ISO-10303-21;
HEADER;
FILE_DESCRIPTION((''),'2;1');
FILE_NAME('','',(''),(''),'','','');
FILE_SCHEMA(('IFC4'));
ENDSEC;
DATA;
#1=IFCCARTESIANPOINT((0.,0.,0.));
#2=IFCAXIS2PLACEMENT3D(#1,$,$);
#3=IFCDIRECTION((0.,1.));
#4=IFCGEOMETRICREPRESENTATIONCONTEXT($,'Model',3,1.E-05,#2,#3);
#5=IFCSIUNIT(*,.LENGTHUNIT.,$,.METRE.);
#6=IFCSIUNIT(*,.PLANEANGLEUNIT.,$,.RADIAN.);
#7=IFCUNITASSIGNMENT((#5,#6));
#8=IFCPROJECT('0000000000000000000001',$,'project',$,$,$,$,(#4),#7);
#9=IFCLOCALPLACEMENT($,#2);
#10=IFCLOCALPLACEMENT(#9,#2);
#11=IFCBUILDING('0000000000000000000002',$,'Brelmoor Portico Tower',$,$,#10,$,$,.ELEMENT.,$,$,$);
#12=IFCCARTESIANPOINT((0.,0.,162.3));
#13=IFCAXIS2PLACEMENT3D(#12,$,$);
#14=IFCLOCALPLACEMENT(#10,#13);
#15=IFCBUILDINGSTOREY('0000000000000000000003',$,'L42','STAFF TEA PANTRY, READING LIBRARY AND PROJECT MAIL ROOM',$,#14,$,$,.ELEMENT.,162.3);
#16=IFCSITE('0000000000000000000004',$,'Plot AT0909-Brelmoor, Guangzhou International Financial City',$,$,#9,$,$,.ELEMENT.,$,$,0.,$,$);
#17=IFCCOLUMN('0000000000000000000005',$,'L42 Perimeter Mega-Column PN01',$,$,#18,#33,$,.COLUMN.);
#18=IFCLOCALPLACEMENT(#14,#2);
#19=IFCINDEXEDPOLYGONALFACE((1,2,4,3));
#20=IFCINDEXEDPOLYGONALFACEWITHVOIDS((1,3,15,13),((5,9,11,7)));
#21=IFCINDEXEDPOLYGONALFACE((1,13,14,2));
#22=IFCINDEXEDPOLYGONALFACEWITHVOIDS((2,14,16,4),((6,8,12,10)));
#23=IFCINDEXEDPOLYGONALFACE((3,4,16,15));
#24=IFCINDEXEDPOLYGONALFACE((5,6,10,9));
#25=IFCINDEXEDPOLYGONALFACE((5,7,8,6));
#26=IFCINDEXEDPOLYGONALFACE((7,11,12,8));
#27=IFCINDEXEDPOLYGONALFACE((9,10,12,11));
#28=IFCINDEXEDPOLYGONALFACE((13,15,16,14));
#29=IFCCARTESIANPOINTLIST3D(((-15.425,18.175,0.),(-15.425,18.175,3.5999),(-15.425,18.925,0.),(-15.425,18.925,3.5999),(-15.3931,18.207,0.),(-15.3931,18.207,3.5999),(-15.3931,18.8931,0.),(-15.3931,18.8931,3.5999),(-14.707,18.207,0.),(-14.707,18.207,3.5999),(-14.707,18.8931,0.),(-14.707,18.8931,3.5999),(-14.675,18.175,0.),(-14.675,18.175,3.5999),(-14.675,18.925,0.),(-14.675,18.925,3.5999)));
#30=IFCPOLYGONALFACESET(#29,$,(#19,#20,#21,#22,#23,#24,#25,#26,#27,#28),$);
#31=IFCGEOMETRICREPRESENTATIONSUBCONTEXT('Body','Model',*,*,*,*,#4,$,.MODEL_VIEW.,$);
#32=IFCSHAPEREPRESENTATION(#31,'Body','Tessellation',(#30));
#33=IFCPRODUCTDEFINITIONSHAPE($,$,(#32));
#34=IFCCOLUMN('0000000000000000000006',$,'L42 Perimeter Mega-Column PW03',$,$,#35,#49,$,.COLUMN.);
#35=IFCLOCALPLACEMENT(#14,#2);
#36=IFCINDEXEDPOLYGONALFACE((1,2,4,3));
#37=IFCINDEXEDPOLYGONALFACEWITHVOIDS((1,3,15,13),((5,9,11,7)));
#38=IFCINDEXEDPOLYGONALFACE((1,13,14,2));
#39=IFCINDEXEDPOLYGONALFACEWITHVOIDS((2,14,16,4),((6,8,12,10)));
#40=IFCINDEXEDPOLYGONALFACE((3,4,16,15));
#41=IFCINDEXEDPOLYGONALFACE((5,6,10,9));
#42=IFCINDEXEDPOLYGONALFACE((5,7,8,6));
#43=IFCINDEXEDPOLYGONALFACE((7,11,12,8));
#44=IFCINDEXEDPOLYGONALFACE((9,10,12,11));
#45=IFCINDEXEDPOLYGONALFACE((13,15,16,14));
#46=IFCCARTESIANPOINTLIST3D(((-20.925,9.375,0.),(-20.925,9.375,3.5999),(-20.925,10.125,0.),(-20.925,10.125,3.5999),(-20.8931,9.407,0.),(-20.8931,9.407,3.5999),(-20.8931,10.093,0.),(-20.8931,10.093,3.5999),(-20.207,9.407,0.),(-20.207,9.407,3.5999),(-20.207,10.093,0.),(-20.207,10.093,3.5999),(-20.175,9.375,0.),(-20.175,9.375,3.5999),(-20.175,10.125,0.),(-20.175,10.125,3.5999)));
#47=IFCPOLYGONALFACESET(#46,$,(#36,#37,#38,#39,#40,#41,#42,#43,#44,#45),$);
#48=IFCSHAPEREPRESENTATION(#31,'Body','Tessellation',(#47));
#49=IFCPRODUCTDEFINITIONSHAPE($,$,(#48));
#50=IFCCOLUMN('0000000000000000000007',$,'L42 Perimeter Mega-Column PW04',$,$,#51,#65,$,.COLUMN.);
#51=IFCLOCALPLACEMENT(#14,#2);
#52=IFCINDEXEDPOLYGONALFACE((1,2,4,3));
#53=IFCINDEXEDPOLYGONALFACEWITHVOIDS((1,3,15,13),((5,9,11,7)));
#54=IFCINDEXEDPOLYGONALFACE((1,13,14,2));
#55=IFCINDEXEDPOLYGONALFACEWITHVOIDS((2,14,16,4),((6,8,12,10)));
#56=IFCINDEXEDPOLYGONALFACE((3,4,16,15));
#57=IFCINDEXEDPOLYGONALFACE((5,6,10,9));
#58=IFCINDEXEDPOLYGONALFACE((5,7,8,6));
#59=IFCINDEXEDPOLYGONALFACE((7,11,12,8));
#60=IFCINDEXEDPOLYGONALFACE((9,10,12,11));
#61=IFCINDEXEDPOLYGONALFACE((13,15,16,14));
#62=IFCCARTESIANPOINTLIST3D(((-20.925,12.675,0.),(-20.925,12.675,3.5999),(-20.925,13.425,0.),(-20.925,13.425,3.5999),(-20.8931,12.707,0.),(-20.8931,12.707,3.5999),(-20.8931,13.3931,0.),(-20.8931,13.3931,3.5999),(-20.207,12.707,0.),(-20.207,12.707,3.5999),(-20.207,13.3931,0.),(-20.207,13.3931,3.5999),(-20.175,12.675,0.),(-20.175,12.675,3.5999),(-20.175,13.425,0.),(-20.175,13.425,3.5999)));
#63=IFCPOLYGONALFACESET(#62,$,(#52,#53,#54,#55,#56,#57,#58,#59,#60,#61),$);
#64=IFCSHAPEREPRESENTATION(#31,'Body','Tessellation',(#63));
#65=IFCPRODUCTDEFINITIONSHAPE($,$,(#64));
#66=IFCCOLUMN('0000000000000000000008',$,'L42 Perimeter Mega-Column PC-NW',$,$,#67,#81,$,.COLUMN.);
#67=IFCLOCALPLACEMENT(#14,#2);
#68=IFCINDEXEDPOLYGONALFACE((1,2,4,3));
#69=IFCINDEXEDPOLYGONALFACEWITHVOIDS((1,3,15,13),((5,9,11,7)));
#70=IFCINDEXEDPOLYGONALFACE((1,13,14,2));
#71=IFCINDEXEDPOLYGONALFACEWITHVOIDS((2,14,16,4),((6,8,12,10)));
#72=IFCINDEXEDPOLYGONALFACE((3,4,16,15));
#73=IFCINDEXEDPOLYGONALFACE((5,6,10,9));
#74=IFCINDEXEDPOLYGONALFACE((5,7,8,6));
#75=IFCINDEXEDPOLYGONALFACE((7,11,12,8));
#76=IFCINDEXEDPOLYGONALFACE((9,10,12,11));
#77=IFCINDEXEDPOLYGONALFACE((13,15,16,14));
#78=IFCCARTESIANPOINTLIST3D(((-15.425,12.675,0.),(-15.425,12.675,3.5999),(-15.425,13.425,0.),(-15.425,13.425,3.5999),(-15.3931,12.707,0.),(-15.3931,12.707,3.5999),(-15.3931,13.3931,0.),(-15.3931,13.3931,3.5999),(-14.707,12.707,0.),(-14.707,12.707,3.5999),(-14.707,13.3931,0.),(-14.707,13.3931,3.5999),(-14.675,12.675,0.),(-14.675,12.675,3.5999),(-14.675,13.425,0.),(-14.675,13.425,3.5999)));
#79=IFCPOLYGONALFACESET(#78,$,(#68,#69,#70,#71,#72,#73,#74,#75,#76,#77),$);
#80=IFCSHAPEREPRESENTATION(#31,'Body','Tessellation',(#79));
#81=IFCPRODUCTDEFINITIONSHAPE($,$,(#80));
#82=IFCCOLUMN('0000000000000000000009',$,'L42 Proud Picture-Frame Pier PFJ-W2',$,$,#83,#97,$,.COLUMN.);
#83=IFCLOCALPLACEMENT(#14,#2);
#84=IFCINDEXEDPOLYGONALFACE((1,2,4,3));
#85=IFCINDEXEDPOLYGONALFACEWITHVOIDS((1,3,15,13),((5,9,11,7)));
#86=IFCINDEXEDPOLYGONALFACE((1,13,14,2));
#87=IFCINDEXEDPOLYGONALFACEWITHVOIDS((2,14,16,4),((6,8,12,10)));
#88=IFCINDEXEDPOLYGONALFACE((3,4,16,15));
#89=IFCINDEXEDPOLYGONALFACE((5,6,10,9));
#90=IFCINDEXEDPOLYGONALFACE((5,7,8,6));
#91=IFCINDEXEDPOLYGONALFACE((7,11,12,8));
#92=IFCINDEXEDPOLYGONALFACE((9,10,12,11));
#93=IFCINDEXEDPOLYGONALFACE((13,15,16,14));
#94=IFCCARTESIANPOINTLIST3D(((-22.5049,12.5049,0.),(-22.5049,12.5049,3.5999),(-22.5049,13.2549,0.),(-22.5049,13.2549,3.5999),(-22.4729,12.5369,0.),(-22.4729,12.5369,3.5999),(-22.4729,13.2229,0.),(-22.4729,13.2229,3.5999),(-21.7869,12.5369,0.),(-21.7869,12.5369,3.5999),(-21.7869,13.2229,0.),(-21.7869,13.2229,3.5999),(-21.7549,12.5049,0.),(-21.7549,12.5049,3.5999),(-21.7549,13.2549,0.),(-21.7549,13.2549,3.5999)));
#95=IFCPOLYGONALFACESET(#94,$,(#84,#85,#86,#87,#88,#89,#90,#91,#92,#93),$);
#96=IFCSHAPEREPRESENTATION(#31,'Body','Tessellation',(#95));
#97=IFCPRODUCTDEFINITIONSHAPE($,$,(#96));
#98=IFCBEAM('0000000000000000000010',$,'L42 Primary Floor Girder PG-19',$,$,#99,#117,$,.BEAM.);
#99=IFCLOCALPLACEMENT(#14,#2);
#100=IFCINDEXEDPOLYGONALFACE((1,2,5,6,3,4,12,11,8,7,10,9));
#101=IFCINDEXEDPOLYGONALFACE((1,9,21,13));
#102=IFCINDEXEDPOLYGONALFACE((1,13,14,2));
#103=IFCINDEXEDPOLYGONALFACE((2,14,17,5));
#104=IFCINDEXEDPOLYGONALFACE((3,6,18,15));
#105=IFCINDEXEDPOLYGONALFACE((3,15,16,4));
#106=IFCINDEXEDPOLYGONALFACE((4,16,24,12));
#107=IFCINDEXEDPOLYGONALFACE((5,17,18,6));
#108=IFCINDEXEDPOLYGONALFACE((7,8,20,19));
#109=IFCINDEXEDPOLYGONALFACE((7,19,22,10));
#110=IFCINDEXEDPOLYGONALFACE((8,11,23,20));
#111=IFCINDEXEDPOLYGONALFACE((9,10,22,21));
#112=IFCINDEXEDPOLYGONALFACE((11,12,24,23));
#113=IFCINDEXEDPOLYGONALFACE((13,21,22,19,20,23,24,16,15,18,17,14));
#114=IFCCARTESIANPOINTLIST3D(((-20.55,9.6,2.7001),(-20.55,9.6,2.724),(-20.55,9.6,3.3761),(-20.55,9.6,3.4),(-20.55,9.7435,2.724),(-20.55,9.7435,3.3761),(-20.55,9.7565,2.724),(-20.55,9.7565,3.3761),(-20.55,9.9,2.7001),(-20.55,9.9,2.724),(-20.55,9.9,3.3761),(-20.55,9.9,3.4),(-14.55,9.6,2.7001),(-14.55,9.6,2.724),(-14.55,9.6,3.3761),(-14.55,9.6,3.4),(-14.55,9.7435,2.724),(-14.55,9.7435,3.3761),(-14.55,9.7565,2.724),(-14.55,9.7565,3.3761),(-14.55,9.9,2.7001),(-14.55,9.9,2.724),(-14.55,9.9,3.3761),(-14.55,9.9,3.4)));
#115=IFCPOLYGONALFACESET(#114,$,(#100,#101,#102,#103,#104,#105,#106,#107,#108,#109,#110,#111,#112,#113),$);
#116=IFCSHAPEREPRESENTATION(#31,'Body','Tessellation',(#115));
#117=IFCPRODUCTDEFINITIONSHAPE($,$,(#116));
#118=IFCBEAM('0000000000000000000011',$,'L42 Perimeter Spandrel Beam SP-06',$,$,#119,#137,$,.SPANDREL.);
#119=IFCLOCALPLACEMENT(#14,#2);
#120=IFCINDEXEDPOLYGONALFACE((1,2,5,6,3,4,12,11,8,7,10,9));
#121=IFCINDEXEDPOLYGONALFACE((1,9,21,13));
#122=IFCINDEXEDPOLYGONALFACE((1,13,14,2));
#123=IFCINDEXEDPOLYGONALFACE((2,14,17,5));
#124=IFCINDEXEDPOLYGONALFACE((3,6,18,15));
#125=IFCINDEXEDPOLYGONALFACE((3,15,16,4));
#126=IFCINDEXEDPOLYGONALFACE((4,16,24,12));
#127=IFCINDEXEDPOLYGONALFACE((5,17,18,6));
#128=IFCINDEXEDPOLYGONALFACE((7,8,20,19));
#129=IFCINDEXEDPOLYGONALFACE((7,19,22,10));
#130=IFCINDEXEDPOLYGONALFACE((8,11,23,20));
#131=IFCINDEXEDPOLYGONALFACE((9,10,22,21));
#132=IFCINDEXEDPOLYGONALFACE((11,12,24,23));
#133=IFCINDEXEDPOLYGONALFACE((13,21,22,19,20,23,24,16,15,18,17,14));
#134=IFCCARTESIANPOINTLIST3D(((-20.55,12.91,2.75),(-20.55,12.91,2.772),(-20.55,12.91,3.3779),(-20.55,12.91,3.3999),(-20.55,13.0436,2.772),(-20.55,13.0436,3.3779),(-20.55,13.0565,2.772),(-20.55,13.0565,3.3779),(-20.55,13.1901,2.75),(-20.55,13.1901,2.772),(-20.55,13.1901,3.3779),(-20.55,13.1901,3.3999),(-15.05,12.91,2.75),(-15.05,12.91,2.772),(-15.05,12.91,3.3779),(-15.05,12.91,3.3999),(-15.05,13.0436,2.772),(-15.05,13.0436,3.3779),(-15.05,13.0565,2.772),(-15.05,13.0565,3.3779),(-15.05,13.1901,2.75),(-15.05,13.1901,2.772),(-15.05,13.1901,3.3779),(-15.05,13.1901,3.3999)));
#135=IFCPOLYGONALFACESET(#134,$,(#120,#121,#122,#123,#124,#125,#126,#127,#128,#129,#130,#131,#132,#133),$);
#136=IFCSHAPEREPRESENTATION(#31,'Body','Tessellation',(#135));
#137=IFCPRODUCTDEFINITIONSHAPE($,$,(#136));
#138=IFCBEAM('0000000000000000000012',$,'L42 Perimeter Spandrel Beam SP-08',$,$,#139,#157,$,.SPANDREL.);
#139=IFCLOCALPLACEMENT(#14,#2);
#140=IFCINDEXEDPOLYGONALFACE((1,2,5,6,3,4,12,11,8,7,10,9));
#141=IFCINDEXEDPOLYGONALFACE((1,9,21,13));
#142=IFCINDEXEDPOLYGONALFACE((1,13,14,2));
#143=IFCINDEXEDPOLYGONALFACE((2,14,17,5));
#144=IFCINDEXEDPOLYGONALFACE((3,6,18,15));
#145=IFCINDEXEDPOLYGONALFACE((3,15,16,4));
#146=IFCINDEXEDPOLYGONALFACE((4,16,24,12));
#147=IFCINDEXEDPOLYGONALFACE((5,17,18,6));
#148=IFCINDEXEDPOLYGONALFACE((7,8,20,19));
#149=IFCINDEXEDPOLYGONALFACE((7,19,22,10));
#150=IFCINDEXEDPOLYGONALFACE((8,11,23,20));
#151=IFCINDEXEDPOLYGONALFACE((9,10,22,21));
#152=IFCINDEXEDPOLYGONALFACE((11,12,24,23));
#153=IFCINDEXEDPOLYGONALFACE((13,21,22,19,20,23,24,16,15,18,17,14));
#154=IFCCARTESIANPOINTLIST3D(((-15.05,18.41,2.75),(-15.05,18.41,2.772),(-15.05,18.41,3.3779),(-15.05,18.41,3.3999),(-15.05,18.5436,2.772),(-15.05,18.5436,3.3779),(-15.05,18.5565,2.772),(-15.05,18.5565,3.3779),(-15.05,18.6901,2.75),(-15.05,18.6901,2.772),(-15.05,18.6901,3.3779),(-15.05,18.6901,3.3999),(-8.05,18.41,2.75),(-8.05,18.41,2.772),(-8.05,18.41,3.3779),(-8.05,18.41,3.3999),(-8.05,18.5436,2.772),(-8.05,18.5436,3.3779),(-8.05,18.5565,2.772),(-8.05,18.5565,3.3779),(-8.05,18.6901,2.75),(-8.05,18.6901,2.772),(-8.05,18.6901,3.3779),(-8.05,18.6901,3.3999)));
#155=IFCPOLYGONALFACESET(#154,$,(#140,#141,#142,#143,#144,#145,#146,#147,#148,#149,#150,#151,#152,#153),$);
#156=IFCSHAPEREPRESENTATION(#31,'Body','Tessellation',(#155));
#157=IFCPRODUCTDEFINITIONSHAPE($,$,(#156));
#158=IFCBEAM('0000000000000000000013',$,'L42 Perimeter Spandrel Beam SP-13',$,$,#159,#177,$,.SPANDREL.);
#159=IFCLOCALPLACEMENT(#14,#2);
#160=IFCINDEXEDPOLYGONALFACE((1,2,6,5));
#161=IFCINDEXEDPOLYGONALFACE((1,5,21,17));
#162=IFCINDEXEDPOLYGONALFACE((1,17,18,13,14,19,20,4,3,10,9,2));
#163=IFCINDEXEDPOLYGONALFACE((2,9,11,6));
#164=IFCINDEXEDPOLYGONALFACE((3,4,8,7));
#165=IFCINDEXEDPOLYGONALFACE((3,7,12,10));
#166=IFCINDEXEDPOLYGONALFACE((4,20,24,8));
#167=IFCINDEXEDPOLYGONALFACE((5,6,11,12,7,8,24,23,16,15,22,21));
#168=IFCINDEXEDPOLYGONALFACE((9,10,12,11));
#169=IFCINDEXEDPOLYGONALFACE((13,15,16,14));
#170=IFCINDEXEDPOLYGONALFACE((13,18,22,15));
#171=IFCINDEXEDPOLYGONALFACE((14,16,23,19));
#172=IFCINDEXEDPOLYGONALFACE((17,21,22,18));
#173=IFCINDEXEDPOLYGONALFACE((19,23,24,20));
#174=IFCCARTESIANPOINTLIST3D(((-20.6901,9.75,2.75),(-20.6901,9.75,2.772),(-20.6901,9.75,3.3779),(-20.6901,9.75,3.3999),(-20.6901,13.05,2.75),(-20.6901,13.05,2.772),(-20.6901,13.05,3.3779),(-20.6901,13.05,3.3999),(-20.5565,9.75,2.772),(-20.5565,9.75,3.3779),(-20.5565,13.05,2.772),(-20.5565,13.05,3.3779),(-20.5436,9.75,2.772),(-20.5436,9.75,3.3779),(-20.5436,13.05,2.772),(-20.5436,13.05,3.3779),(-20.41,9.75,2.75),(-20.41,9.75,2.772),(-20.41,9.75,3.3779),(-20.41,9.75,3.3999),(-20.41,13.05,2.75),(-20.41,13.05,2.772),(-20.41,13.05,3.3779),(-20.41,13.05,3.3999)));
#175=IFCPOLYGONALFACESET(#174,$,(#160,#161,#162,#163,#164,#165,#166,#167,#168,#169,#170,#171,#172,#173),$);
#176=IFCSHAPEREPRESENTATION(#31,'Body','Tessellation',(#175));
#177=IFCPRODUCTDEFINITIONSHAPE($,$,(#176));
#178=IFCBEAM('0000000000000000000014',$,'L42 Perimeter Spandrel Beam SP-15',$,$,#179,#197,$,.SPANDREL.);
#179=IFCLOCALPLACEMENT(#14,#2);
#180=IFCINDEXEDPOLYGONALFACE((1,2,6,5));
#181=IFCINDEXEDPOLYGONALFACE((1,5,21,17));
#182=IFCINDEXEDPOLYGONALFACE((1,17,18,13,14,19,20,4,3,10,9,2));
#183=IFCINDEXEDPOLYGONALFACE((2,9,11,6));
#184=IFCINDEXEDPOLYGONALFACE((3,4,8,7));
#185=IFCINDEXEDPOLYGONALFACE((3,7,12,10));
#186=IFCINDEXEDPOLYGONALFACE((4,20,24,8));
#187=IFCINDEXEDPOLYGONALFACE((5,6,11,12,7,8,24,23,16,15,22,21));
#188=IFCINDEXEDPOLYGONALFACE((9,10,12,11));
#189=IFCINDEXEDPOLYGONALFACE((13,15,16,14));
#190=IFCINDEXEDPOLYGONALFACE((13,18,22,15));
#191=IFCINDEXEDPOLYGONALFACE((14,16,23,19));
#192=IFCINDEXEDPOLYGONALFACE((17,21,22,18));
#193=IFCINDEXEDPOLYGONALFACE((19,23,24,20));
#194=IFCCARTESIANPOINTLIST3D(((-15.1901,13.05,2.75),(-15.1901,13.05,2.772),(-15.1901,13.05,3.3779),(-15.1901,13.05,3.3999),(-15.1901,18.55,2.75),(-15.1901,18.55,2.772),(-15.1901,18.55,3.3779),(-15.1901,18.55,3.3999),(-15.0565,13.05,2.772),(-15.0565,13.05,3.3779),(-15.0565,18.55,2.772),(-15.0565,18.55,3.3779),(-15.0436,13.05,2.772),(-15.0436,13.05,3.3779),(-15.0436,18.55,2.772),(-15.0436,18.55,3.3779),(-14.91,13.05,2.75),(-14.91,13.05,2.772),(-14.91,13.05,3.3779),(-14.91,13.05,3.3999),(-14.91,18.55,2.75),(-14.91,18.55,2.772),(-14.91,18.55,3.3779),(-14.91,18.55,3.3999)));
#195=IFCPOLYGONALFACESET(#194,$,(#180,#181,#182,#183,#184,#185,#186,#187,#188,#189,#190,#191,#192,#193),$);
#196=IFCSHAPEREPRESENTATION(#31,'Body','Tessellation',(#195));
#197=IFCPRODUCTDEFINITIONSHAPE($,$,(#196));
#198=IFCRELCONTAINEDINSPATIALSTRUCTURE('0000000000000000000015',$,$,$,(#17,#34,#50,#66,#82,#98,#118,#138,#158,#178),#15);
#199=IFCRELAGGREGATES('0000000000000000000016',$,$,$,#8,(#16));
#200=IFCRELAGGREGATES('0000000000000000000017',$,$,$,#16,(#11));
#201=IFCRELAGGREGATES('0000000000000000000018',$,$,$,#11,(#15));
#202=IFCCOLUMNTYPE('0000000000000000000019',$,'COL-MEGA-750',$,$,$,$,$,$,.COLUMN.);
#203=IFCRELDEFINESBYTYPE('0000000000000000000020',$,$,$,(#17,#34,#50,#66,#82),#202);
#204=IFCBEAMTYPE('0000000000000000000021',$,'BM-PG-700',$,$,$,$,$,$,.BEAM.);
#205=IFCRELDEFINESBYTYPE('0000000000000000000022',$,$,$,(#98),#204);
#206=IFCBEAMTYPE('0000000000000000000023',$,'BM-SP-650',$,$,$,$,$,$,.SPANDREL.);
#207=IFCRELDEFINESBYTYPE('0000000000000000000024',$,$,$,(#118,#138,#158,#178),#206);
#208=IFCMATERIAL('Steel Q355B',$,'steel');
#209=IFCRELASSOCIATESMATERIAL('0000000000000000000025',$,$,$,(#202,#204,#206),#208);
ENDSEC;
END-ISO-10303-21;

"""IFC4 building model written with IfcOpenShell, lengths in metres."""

from ifc_helpers import new_model, si_unit, direction, frame, origin, origin_2d, place, context, subcontext, project, spatial, hollow_rectangle, i_section, extrude, material, material_profile, profile_set, type_object, element, save


model = new_model("IFC4")

# Units and contexts
model_context = context("Model", 3, precision=1e-05, world=origin(), true_north=direction((0.0, 1.0)))
body_context = subcontext(model_context, "Body", "Model", "MODEL_VIEW")
ifc_project = project(units=[si_unit("LENGTHUNIT", "METRE"), si_unit("PLANEANGLEUNIT", "RADIAN")], contexts=[model_context])

# Site, building, storey
site_placement = place(None, origin())
site = spatial("IfcSite", under=ifc_project, at=site_placement, Name="Plot AT0909-Brelmoor, Guangzhou International Financial City", CompositionType="ELEMENT", RefElevation=0.0)
building_placement = place(site_placement, origin())
building = spatial("IfcBuilding", under=site, at=building_placement, Name="Brelmoor Portico Tower", CompositionType="ELEMENT")
storey_placement = place(building_placement, frame((0.0, 0.0, 162.3)))
storey = spatial("IfcBuildingStorey", under=building, at=storey_placement, Name="L42", Description="STAFF TEA PANTRY, READING LIBRARY AND PROJECT MAIL ROOM", CompositionType="ELEMENT", Elevation=162.3)

# Columns
ifc_material_1 = material(Name="Steel Q355B", Category="steel")
ifc_material_profile_1 = material_profile(ifc_material_1, hollow_rectangle(XDim=0.75, YDim=0.75, WallThickness=0.032, at=origin_2d()), Name="BOX 750x750x32")
ifc_profile_set_1 = profile_set([ifc_material_profile_1], Name="Steel Q355B")
column_type = type_object("IfcColumnType", Name="COL-MEGA-750", PredefinedType="COLUMN", material=ifc_profile_set_1)
for number, where, z_axis, x_axis, name in (
    (1, (-15.05, 18.55, 0.0), (0.0, 0.0, 1.0), (1.0, 0.0, 0.0), "L42 Perimeter Mega-Column PN01"),
    (2, (-20.55, 9.75, 0.0), (0.0, 0.0, 1.0), (0.0, 1.0, 0.0), "L42 Perimeter Mega-Column PW03"),
    (3, (-20.55, 13.05, 0.0), (0.0, 0.0, 1.0), (0.0, 1.0, 0.0), "L42 Perimeter Mega-Column PW04"),
    (4, (-15.05, 13.05, 0.0), (0.0, 0.0, 1.0), (1.0, 0.0, 0.0), "L42 Perimeter Mega-Column PC-NW"),
    (5, (-22.1299, 12.8799, 0.0), (0.0, 0.0, 1.0), (0.0, 1.0, 0.0), "L42 Proud Picture-Frame Pier PFJ-W2"),
):
    element("IfcColumn", number, at=place(storey_placement, frame(where, z_axis=z_axis, x_axis=x_axis)), inside=storey, type_object=column_type, Name=name, PredefinedType="COLUMN", context=body_context, shape_type="SweptSolid", body=[
        extrude(hollow_rectangle(XDim=0.75, YDim=0.75, WallThickness=0.032, at=origin_2d()), origin(), (0.0, 0.0, 1.0), 3.5999),
    ])

# Beams
ifc_material_profile_2 = material_profile(ifc_material_1, i_section(OverallWidth=0.3, OverallDepth=0.7, WebThickness=0.0129, FlangeThickness=0.0239, at=origin_2d()), Name="HN 700x300x13x24")
ifc_profile_set_2 = profile_set([ifc_material_profile_2], Name="Steel Q355B")
beam_type_1 = type_object("IfcBeamType", Name="BM-PG-700", PredefinedType="BEAM", material=ifc_profile_set_2)
beam_1_placement = place(storey_placement, frame((-20.55, 9.75, 3.05), z_axis=(1.0, 0.0, 0.0), x_axis=(0.0, 1.0, 0.0)))
element("IfcBeam", 6, at=beam_1_placement, inside=storey, type_object=beam_type_1, Name="L42 Primary Floor Girder PG-19", PredefinedType="BEAM", context=body_context, shape_type="SweptSolid", body=[
    extrude(i_section(OverallWidth=0.3, OverallDepth=0.7, WebThickness=0.0129, FlangeThickness=0.0239, at=origin_2d()), origin(), (0.0, 0.0, 1.0), 6.0),
])
ifc_material_profile_3 = material_profile(ifc_material_1, i_section(OverallWidth=0.28, OverallDepth=0.6499, WebThickness=0.0129, FlangeThickness=0.022, at=origin_2d()), Name="HN 650x280x13x22")
ifc_profile_set_3 = profile_set([ifc_material_profile_3], Name="Steel Q355B")
beam_type_2 = type_object("IfcBeamType", Name="BM-SP-650", PredefinedType="SPANDREL", material=ifc_profile_set_3)
beam_2_placement = place(storey_placement, frame((-20.55, 13.05, 3.075), z_axis=(1.0, 0.0, 0.0), x_axis=(0.0, 1.0, 0.0)))
element("IfcBeam", 7, at=beam_2_placement, inside=storey, type_object=beam_type_2, Name="L42 Perimeter Spandrel Beam SP-06", PredefinedType="SPANDREL", context=body_context, shape_type="SweptSolid", body=[
    extrude(i_section(OverallWidth=0.28, OverallDepth=0.6499, WebThickness=0.0129, FlangeThickness=0.022, at=origin_2d()), origin(), (0.0, 0.0, 1.0), 5.5),
])
beam_3_placement = place(storey_placement, frame((-15.05, 18.55, 3.075), z_axis=(1.0, 0.0, 0.0), x_axis=(0.0, 1.0, 0.0)))
element("IfcBeam", 8, at=beam_3_placement, inside=storey, type_object=beam_type_2, Name="L42 Perimeter Spandrel Beam SP-08", PredefinedType="SPANDREL", context=body_context, shape_type="SweptSolid", body=[
    extrude(i_section(OverallWidth=0.28, OverallDepth=0.6499, WebThickness=0.0129, FlangeThickness=0.022, at=origin_2d()), origin(), (0.0, 0.0, 1.0), 7.0),
])
beam_4_placement = place(storey_placement, frame((-20.55, 9.75, 3.075), z_axis=(0.0, 1.0, 0.0), x_axis=(-1.0, 0.0, 0.0)))
element("IfcBeam", 9, at=beam_4_placement, inside=storey, type_object=beam_type_2, Name="L42 Perimeter Spandrel Beam SP-13", PredefinedType="SPANDREL", context=body_context, shape_type="SweptSolid", body=[
    extrude(i_section(OverallWidth=0.28, OverallDepth=0.6499, WebThickness=0.0129, FlangeThickness=0.022, at=origin_2d()), origin(), (0.0, 0.0, 1.0), 3.3),
])
beam_5_placement = place(storey_placement, frame((-15.05, 13.05, 3.075), z_axis=(0.0, 1.0, 0.0), x_axis=(-1.0, 0.0, 0.0)))
element("IfcBeam", 10, at=beam_5_placement, inside=storey, type_object=beam_type_2, Name="L42 Perimeter Spandrel Beam SP-15", PredefinedType="SPANDREL", context=body_context, shape_type="SweptSolid", body=[
    extrude(i_section(OverallWidth=0.28, OverallDepth=0.6499, WebThickness=0.0129, FlangeThickness=0.022, at=origin_2d()), origin(), (0.0, 0.0, 1.0), 5.5),
])

save(model, "model.ifc")
